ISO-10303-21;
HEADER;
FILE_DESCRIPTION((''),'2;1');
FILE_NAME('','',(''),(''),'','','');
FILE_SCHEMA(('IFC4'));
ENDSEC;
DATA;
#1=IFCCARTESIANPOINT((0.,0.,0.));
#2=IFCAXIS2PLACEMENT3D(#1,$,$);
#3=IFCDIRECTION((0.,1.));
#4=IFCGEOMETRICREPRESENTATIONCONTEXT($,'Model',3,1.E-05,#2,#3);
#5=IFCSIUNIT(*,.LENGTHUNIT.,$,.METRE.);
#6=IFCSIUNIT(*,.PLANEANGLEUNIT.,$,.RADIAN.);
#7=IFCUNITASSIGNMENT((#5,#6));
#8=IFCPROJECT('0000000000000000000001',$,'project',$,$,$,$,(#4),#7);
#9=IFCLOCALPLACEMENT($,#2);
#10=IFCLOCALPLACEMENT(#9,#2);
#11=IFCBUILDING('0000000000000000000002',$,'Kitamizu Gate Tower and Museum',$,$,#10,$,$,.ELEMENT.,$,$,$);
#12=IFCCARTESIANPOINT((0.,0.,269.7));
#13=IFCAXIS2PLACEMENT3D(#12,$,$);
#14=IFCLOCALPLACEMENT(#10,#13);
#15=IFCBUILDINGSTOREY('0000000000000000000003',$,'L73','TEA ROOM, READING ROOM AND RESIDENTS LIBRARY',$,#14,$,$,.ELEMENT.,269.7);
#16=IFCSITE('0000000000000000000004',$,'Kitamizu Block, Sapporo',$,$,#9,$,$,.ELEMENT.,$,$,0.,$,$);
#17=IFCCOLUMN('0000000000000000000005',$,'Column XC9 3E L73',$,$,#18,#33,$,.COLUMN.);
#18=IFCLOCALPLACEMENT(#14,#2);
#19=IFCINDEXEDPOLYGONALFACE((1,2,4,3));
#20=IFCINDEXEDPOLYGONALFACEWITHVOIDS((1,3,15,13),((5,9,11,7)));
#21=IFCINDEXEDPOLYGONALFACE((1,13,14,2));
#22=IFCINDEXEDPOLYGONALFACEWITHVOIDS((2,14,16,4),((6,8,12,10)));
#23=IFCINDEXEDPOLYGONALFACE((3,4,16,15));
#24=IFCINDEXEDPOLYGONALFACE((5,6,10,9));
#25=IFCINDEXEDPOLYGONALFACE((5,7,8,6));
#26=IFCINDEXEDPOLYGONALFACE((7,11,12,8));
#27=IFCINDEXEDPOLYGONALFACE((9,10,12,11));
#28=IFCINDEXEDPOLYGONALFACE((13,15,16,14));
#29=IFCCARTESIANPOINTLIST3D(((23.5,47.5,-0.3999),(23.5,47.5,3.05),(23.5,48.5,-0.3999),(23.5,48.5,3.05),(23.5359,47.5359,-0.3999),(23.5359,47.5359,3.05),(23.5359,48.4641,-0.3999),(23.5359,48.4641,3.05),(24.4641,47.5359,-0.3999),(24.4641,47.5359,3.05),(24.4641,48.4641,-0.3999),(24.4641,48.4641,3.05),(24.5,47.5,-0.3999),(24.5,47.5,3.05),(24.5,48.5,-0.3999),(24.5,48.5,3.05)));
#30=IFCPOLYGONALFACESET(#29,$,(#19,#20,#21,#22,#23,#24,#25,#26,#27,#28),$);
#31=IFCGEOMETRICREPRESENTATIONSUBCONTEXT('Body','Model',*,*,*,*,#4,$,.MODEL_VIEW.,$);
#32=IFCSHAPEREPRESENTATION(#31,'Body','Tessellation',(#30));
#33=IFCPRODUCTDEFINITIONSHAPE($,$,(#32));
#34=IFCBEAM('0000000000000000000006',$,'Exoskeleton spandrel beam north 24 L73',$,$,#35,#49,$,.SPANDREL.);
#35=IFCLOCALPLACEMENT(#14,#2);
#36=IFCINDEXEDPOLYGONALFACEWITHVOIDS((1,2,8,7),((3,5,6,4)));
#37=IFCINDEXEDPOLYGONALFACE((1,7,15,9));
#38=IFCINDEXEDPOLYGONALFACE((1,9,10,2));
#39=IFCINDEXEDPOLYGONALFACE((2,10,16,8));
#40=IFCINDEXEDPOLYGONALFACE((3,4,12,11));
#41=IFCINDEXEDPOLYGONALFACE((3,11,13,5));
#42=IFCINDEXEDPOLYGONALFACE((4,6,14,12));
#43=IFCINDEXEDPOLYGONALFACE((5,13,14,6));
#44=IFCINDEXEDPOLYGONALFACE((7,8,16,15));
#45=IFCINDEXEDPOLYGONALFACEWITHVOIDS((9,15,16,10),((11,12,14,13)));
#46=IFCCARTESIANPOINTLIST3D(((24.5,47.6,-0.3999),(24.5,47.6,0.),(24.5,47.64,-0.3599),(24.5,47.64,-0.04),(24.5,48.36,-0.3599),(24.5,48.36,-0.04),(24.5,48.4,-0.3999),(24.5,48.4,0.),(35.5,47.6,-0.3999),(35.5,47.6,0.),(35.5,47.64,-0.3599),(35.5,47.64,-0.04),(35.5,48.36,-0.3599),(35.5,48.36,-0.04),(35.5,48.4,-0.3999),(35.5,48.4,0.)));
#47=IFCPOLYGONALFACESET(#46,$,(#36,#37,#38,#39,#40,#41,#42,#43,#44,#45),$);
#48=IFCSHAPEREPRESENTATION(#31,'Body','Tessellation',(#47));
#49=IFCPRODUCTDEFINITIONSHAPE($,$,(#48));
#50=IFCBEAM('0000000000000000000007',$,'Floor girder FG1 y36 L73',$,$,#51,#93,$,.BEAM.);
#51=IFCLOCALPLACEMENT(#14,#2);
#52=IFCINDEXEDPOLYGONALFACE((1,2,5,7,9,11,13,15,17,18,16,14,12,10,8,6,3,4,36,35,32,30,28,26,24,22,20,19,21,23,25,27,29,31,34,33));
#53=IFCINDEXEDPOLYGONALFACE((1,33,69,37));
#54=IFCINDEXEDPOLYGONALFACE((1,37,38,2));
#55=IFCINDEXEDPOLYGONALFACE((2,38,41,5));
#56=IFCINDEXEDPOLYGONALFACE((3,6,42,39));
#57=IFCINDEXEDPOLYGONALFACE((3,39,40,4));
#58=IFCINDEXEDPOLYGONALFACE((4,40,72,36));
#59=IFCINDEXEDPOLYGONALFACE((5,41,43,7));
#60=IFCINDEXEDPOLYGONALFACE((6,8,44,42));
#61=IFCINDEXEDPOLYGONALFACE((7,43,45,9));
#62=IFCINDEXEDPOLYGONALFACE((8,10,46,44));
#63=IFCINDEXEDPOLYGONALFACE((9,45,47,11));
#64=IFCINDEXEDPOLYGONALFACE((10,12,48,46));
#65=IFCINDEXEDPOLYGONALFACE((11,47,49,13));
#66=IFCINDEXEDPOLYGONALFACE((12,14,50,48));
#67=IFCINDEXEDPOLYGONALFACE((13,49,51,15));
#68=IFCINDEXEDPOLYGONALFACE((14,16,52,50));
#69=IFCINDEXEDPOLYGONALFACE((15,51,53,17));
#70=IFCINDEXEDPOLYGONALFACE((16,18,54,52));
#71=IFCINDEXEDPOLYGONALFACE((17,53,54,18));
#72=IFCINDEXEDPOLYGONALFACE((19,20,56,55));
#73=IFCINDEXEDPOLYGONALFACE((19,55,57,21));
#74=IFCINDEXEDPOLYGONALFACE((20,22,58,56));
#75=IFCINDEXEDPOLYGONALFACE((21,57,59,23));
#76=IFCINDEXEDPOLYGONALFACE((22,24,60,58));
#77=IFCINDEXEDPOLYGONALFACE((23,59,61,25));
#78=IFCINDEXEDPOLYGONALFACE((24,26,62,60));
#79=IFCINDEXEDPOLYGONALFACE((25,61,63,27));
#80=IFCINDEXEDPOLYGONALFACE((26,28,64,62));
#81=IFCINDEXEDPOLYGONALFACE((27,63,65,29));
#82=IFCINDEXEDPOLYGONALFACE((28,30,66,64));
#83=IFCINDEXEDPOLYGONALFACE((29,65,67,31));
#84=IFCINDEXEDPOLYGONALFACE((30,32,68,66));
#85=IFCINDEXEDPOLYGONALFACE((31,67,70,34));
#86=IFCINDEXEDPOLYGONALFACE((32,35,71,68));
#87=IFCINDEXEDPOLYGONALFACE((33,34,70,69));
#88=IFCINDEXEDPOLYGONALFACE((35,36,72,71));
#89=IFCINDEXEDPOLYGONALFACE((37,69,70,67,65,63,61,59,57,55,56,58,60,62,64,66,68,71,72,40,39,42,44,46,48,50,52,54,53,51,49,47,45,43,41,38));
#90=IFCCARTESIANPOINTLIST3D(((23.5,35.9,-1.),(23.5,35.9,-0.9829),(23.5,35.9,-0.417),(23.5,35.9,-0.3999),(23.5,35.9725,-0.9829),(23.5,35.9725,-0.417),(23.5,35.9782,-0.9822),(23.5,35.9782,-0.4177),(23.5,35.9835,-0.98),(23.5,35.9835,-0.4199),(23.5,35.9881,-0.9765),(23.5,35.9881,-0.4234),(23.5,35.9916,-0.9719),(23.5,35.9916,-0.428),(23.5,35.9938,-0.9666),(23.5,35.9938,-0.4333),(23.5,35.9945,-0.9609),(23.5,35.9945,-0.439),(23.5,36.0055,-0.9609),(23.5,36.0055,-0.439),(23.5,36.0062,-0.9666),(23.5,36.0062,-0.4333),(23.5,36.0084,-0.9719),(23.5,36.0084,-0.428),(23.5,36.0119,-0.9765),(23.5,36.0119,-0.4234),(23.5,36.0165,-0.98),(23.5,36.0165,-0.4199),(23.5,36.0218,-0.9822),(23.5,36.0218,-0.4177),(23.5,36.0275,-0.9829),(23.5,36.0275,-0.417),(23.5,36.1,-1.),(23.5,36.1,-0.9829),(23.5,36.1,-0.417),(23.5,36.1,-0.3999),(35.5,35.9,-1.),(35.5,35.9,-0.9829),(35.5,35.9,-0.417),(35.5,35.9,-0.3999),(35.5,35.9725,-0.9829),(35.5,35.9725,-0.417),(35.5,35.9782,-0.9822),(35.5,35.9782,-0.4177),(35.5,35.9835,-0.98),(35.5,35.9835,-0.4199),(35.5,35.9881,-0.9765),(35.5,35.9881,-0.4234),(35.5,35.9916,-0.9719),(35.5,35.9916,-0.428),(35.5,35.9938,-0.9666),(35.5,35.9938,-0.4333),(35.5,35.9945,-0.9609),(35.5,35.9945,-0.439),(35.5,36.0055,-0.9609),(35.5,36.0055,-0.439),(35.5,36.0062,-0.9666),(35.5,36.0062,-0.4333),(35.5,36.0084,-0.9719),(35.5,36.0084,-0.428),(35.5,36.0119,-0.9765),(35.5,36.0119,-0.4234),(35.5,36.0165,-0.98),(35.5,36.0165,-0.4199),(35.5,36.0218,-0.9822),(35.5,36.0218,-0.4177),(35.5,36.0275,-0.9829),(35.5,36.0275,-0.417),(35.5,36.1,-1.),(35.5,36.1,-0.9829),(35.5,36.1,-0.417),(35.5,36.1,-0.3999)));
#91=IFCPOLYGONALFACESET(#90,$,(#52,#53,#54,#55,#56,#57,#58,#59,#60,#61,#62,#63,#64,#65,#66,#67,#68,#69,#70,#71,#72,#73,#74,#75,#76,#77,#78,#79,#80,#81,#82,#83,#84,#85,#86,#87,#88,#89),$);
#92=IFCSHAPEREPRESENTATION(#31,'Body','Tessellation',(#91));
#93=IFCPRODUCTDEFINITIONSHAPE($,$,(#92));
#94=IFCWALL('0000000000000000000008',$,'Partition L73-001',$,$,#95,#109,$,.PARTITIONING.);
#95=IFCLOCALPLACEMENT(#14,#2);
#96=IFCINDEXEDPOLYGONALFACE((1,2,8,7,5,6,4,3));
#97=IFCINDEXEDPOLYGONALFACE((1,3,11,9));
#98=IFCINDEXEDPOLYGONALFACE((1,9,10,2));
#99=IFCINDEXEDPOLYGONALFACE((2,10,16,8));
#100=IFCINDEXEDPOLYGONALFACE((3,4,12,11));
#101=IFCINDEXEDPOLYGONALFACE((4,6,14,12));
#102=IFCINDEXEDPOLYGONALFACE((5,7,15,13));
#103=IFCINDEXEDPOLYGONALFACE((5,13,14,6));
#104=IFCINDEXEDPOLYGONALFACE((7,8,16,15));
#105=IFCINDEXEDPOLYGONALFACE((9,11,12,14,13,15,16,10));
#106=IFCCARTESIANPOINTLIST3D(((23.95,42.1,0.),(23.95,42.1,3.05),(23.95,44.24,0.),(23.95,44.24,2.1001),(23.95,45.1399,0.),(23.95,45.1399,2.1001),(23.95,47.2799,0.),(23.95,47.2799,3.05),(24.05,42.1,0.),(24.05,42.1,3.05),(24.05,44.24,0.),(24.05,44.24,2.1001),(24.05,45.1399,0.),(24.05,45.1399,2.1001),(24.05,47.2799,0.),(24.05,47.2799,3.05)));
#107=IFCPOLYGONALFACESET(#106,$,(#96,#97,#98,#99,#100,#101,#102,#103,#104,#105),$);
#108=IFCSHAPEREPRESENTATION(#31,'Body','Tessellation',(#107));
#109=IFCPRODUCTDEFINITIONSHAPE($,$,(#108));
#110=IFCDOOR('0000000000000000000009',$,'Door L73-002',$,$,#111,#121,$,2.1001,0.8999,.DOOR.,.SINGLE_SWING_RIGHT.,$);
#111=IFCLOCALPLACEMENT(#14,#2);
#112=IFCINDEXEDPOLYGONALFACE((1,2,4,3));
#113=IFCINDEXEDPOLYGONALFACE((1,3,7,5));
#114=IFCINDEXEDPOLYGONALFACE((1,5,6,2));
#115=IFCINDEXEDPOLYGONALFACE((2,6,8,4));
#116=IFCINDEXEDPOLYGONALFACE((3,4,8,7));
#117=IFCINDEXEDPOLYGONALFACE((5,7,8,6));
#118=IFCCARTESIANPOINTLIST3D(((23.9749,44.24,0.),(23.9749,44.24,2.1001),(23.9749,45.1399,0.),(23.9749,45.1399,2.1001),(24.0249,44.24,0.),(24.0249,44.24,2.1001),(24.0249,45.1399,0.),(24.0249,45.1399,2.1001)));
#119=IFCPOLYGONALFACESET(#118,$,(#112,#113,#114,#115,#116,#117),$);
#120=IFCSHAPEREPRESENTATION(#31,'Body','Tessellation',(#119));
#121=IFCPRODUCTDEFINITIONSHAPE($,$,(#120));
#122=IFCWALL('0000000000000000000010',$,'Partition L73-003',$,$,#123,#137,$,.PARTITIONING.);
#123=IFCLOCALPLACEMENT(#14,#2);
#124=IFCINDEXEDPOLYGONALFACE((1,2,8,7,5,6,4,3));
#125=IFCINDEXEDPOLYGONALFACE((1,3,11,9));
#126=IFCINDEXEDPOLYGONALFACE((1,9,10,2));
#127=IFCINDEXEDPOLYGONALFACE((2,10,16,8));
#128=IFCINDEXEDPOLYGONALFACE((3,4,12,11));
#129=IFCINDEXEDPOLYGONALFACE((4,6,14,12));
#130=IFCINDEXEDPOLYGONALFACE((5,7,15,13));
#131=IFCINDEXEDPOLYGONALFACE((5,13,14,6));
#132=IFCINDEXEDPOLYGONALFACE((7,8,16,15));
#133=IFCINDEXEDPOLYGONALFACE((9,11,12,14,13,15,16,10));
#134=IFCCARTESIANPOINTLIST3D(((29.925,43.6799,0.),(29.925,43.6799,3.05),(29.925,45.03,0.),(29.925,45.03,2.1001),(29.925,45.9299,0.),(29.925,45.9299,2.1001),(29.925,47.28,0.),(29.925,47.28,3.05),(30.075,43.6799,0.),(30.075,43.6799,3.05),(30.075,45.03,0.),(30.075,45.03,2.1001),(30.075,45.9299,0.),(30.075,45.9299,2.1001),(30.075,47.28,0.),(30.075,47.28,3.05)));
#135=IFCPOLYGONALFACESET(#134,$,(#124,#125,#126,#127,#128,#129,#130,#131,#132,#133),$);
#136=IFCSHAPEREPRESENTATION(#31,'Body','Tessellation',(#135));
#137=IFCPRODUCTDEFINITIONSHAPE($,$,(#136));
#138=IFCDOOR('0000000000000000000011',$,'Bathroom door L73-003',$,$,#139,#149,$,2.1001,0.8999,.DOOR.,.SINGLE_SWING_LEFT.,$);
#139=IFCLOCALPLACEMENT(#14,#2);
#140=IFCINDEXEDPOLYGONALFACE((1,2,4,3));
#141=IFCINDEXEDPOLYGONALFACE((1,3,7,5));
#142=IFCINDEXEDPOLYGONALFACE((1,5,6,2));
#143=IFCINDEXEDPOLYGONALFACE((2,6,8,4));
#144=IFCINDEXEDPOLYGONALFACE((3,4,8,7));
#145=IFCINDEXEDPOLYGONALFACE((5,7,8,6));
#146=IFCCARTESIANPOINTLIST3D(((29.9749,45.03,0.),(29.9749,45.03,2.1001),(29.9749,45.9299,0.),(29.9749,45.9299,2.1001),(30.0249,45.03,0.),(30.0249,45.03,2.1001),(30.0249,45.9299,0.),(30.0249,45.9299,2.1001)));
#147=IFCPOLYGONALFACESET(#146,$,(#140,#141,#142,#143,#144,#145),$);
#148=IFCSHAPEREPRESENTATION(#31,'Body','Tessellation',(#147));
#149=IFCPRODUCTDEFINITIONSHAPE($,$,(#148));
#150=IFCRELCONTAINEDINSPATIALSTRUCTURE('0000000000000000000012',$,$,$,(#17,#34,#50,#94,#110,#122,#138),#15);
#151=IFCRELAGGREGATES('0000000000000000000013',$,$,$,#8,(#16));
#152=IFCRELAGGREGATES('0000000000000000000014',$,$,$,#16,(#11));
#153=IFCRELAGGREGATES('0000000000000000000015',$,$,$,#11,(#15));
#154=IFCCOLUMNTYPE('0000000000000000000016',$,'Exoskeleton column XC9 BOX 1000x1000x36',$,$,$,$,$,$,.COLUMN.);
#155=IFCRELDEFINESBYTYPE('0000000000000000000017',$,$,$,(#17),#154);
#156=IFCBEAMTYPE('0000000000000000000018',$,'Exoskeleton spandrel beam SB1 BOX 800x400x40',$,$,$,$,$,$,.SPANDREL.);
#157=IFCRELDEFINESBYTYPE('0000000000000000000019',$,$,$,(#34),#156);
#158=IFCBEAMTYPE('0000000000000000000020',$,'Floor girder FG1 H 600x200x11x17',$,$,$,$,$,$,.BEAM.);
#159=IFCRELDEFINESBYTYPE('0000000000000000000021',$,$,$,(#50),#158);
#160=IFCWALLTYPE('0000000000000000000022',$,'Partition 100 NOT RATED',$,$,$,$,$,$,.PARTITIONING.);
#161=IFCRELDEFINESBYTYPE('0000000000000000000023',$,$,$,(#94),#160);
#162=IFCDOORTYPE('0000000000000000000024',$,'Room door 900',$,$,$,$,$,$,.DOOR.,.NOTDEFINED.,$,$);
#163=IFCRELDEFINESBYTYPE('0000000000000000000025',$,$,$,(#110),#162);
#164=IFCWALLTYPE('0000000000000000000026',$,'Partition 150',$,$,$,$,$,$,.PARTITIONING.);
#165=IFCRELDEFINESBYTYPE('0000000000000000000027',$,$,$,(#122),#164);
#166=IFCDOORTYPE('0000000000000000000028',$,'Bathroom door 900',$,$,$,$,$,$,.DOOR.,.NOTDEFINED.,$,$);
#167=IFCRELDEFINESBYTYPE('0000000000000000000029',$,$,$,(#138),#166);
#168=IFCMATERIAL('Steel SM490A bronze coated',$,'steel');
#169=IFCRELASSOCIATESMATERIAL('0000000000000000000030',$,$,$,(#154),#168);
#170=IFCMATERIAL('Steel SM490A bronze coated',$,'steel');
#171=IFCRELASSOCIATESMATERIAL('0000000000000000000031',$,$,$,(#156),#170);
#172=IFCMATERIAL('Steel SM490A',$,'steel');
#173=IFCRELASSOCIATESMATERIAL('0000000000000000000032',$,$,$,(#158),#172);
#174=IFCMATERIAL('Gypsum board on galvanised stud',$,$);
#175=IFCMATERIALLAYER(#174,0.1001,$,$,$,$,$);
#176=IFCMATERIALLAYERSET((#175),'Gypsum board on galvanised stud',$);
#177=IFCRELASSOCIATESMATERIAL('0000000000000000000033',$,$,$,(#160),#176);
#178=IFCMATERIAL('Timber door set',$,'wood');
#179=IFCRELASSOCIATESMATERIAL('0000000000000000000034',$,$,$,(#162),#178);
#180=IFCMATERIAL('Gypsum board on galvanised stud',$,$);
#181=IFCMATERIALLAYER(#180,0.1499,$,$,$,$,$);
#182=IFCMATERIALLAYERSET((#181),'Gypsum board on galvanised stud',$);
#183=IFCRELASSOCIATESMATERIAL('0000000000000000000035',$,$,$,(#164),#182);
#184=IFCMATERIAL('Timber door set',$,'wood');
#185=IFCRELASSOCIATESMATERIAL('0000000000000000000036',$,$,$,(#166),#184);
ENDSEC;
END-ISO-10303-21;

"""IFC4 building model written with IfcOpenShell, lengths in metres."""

from ifc_helpers import new_model, si_unit, direction, frame, frame_2d, origin, origin_2d, place, context, subcontext, project, spatial, rectangle, hollow_rectangle, i_section, extrude, material, layer, layer_set, material_profile, profile_set, type_object, element, fill, save


model = new_model("IFC4")

# Units and contexts
model_context = context("Model", 3, precision=1e-05, world=origin(), true_north=direction((0.0, 1.0)))
body_context = subcontext(model_context, "Body", "Model", "MODEL_VIEW")
ifc_project = project(units=[si_unit("LENGTHUNIT", "METRE"), si_unit("PLANEANGLEUNIT", "RADIAN")], contexts=[model_context])

# Site, building, storey
site_placement = place(None, origin())
site = spatial("IfcSite", under=ifc_project, at=site_placement, Name="Kitamizu Block, Sapporo", CompositionType="ELEMENT", RefElevation=0.0)
building_placement = place(site_placement, origin())
building = spatial("IfcBuilding", under=site, at=building_placement, Name="Kitamizu Gate Tower and Museum", CompositionType="ELEMENT")
storey_placement = place(building_placement, frame((0.0, 0.0, 269.7)))
storey = spatial("IfcBuildingStorey", under=building, at=storey_placement, Name="L73", Description="TEA ROOM, READING ROOM AND RESIDENTS LIBRARY", CompositionType="ELEMENT", Elevation=269.7)

# Column
ifc_material_1 = material(Name="Steel SM490A bronze coated", Category="steel")
ifc_material_profile_1 = material_profile(ifc_material_1, hollow_rectangle(XDim=1.0, YDim=1.0, WallThickness=0.0359, at=origin_2d()), Name="BOX 1000x1000x36")
ifc_profile_set_1 = profile_set([ifc_material_profile_1], Name="Steel SM490A bronze coated")
column_type = type_object("IfcColumnType", Name="Exoskeleton column XC9 BOX 1000x1000x36", PredefinedType="COLUMN", material=ifc_profile_set_1)
column_placement = place(storey_placement, frame((24.0, 48.0, -0.3999), z_axis=(0.0, 0.0, 1.0), x_axis=(1.0, 0.0, 0.0)))
element("IfcColumn", 1, at=column_placement, inside=storey, type_object=column_type, Name="Column XC9 3E L73", PredefinedType="COLUMN", context=body_context, shape_type="SweptSolid", body=[
    extrude(hollow_rectangle(XDim=1.0, YDim=1.0, WallThickness=0.0359, at=origin_2d()), origin(), (0.0, 0.0, 1.0), 3.45),
])

# Beams
ifc_material_2 = material(Name="Steel SM490A bronze coated", Category="steel")
ifc_material_profile_2 = material_profile(ifc_material_2, hollow_rectangle(XDim=0.8, YDim=0.3999, WallThickness=0.04, at=origin_2d()), Name="BOX 800x400x40")
ifc_profile_set_2 = profile_set([ifc_material_profile_2], Name="Steel SM490A bronze coated")
beam_type_1 = type_object("IfcBeamType", Name="Exoskeleton spandrel beam SB1 BOX 800x400x40", PredefinedType="SPANDREL", material=ifc_profile_set_2)
beam_1_placement = place(storey_placement, frame((24.5, 48.0, -0.2), z_axis=(1.0, 0.0, 0.0), x_axis=(0.0, 1.0, 0.0)))
element("IfcBeam", 2, at=beam_1_placement, inside=storey, type_object=beam_type_1, Name="Exoskeleton spandrel beam north 24 L73", PredefinedType="SPANDREL", context=body_context, shape_type="SweptSolid", body=[
    extrude(hollow_rectangle(XDim=0.8, YDim=0.3999, WallThickness=0.04, at=origin_2d()), origin(), (0.0, 0.0, 1.0), 11.0),
])
ifc_material_3 = material(Name="Steel SM490A", Category="steel")
ifc_material_profile_3 = material_profile(ifc_material_3, i_section(OverallWidth=0.2, OverallDepth=0.6001, WebThickness=0.011, FlangeThickness=0.0171, FilletRadius=0.022, at=origin_2d()), Name="H-600x200x11x17")
ifc_profile_set_3 = profile_set([ifc_material_profile_3], Name="Steel SM490A")
beam_type_2 = type_object("IfcBeamType", Name="Floor girder FG1 H 600x200x11x17", PredefinedType="BEAM", material=ifc_profile_set_3)
beam_2_placement = place(storey_placement, frame((23.5, 36.0, -0.7), z_axis=(1.0, 0.0, 0.0), x_axis=(0.0, 1.0, 0.0)))
element("IfcBeam", 3, at=beam_2_placement, inside=storey, type_object=beam_type_2, Name="Floor girder FG1 y36 L73", PredefinedType="BEAM", context=body_context, shape_type="SweptSolid", body=[
    extrude(i_section(OverallWidth=0.2, OverallDepth=0.6001, WebThickness=0.011, FlangeThickness=0.0171, FilletRadius=0.022, at=origin_2d()), origin(), (0.0, 0.0, 1.0), 12.0),
])

# Walls, openings, doors
ifc_material_4 = material(Name="Gypsum board on galvanised stud")
ifc_layer_1 = layer(ifc_material_4, 0.1001)
ifc_layer_set_1 = layer_set([ifc_layer_1], Name="Gypsum board on galvanised stud")
wall_type_1 = type_object("IfcWallType", Name="Partition 100 NOT RATED", PredefinedType="PARTITIONING", material=ifc_layer_set_1)
wall_1_placement = place(storey_placement, frame((24.0, 42.1001, 0.0), z_axis=(0.0, 0.0, 1.0), x_axis=(0.0, 1.0, 0.0)))
wall_1 = element("IfcWall", 4, at=wall_1_placement, inside=storey, type_object=wall_type_1, Name="Partition L73-001", PredefinedType="PARTITIONING", context=body_context, shape_type="SweptSolid", body=[
    extrude(rectangle(XDim=5.1799, YDim=0.1001, at=frame_2d((2.5898, 0.0))), origin(), (0.0, 0.0, 1.0), 3.05),
])
opening_1_placement = place(wall_1_placement, frame((2.1399, 0.0, 0.0)))
opening_1 = element("IfcOpeningElement", 5, at=opening_1_placement, cuts=wall_1, PredefinedType="OPENING", context=body_context, shape_type="SweptSolid", body=[
    extrude(rectangle(XDim=0.8999, YDim=2.1001, at=frame_2d((0.45, 1.05))), frame((0.0, 0.0601, 0.0), z_axis=(0.0, -1.0, 0.0), x_axis=(1.0, 0.0, 0.0)), (0.0, 0.0, 1.0), 0.1201),
])
ifc_material_5 = material(Name="Timber door set", Category="wood")
door_type_1 = type_object("IfcDoorType", Name="Room door 900", OperationType="NOTDEFINED", PredefinedType="DOOR", material=ifc_material_5)
door_1_placement = place(opening_1_placement, frame((0.8999, 0.0, 0.0), x_axis=(-1.0, 0.0, 0.0)))
door_1 = element("IfcDoor", 6, at=door_1_placement, inside=storey, type_object=door_type_1, Name="Door L73-002", OperationType="SINGLE_SWING_RIGHT", OverallHeight=2.1001, OverallWidth=0.8999, PredefinedType="DOOR", context=body_context, shape_type="SweptSolid", body=[
    extrude(rectangle(XDim=0.8999, YDim=2.1001, at=frame_2d((0.45, 1.05))), frame((0.0, 0.0249, 0.0), z_axis=(0.0, -1.0, 0.0), x_axis=(1.0, 0.0, 0.0)), (0.0, 0.0, 1.0), 0.05),
])
fill(opening_1, door_1)
ifc_material_6 = material(Name="Gypsum board on galvanised stud")
ifc_layer_2 = layer(ifc_material_6, 0.1499)
ifc_layer_set_2 = layer_set([ifc_layer_2], Name="Gypsum board on galvanised stud")
wall_type_2 = type_object("IfcWallType", Name="Partition 150", PredefinedType="PARTITIONING", material=ifc_layer_set_2)
wall_2_placement = place(storey_placement, frame((30.0, 43.6799, 0.0), z_axis=(0.0, 0.0, 1.0), x_axis=(0.0, 1.0, 0.0)))
wall_2 = element("IfcWall", 7, at=wall_2_placement, inside=storey, type_object=wall_type_2, Name="Partition L73-003", PredefinedType="PARTITIONING", context=body_context, shape_type="SweptSolid", body=[
    extrude(rectangle(XDim=3.6001, YDim=0.1499, at=frame_2d((1.8, 0.0))), origin(), (0.0, 0.0, 1.0), 3.05),
])
opening_2_placement = place(wall_2_placement, frame((1.3501, 0.0, 0.0)))
opening_2 = element("IfcOpeningElement", 8, at=opening_2_placement, cuts=wall_2, PredefinedType="OPENING", context=body_context, shape_type="SweptSolid", body=[
    extrude(rectangle(XDim=0.8999, YDim=2.1001, at=frame_2d((0.45, 1.05))), frame((0.0, 0.085, 0.0), z_axis=(0.0, -1.0, 0.0), x_axis=(1.0, 0.0, 0.0)), (0.0, 0.0, 1.0), 0.1699),
])
ifc_material_7 = material(Name="Timber door set", Category="wood")
door_type_2 = type_object("IfcDoorType", Name="Bathroom door 900", OperationType="NOTDEFINED", PredefinedType="DOOR", material=ifc_material_7)
door_2_placement = place(opening_2_placement, frame((0.8999, 0.0, 0.0), x_axis=(-1.0, 0.0, 0.0)))
door_2 = element("IfcDoor", 9, at=door_2_placement, inside=storey, type_object=door_type_2, Name="Bathroom door L73-003", OperationType="SINGLE_SWING_LEFT", OverallHeight=2.1001, OverallWidth=0.8999, PredefinedType="DOOR", context=body_context, shape_type="SweptSolid", body=[
    extrude(rectangle(XDim=0.8999, YDim=2.1001, at=frame_2d((0.45, 1.05))), frame((0.0, 0.0249, 0.0), z_axis=(0.0, -1.0, 0.0), x_axis=(1.0, 0.0, 0.0)), (0.0, 0.0, 1.0), 0.05),
])
fill(opening_2, door_2)

save(model, "model.ifc")
